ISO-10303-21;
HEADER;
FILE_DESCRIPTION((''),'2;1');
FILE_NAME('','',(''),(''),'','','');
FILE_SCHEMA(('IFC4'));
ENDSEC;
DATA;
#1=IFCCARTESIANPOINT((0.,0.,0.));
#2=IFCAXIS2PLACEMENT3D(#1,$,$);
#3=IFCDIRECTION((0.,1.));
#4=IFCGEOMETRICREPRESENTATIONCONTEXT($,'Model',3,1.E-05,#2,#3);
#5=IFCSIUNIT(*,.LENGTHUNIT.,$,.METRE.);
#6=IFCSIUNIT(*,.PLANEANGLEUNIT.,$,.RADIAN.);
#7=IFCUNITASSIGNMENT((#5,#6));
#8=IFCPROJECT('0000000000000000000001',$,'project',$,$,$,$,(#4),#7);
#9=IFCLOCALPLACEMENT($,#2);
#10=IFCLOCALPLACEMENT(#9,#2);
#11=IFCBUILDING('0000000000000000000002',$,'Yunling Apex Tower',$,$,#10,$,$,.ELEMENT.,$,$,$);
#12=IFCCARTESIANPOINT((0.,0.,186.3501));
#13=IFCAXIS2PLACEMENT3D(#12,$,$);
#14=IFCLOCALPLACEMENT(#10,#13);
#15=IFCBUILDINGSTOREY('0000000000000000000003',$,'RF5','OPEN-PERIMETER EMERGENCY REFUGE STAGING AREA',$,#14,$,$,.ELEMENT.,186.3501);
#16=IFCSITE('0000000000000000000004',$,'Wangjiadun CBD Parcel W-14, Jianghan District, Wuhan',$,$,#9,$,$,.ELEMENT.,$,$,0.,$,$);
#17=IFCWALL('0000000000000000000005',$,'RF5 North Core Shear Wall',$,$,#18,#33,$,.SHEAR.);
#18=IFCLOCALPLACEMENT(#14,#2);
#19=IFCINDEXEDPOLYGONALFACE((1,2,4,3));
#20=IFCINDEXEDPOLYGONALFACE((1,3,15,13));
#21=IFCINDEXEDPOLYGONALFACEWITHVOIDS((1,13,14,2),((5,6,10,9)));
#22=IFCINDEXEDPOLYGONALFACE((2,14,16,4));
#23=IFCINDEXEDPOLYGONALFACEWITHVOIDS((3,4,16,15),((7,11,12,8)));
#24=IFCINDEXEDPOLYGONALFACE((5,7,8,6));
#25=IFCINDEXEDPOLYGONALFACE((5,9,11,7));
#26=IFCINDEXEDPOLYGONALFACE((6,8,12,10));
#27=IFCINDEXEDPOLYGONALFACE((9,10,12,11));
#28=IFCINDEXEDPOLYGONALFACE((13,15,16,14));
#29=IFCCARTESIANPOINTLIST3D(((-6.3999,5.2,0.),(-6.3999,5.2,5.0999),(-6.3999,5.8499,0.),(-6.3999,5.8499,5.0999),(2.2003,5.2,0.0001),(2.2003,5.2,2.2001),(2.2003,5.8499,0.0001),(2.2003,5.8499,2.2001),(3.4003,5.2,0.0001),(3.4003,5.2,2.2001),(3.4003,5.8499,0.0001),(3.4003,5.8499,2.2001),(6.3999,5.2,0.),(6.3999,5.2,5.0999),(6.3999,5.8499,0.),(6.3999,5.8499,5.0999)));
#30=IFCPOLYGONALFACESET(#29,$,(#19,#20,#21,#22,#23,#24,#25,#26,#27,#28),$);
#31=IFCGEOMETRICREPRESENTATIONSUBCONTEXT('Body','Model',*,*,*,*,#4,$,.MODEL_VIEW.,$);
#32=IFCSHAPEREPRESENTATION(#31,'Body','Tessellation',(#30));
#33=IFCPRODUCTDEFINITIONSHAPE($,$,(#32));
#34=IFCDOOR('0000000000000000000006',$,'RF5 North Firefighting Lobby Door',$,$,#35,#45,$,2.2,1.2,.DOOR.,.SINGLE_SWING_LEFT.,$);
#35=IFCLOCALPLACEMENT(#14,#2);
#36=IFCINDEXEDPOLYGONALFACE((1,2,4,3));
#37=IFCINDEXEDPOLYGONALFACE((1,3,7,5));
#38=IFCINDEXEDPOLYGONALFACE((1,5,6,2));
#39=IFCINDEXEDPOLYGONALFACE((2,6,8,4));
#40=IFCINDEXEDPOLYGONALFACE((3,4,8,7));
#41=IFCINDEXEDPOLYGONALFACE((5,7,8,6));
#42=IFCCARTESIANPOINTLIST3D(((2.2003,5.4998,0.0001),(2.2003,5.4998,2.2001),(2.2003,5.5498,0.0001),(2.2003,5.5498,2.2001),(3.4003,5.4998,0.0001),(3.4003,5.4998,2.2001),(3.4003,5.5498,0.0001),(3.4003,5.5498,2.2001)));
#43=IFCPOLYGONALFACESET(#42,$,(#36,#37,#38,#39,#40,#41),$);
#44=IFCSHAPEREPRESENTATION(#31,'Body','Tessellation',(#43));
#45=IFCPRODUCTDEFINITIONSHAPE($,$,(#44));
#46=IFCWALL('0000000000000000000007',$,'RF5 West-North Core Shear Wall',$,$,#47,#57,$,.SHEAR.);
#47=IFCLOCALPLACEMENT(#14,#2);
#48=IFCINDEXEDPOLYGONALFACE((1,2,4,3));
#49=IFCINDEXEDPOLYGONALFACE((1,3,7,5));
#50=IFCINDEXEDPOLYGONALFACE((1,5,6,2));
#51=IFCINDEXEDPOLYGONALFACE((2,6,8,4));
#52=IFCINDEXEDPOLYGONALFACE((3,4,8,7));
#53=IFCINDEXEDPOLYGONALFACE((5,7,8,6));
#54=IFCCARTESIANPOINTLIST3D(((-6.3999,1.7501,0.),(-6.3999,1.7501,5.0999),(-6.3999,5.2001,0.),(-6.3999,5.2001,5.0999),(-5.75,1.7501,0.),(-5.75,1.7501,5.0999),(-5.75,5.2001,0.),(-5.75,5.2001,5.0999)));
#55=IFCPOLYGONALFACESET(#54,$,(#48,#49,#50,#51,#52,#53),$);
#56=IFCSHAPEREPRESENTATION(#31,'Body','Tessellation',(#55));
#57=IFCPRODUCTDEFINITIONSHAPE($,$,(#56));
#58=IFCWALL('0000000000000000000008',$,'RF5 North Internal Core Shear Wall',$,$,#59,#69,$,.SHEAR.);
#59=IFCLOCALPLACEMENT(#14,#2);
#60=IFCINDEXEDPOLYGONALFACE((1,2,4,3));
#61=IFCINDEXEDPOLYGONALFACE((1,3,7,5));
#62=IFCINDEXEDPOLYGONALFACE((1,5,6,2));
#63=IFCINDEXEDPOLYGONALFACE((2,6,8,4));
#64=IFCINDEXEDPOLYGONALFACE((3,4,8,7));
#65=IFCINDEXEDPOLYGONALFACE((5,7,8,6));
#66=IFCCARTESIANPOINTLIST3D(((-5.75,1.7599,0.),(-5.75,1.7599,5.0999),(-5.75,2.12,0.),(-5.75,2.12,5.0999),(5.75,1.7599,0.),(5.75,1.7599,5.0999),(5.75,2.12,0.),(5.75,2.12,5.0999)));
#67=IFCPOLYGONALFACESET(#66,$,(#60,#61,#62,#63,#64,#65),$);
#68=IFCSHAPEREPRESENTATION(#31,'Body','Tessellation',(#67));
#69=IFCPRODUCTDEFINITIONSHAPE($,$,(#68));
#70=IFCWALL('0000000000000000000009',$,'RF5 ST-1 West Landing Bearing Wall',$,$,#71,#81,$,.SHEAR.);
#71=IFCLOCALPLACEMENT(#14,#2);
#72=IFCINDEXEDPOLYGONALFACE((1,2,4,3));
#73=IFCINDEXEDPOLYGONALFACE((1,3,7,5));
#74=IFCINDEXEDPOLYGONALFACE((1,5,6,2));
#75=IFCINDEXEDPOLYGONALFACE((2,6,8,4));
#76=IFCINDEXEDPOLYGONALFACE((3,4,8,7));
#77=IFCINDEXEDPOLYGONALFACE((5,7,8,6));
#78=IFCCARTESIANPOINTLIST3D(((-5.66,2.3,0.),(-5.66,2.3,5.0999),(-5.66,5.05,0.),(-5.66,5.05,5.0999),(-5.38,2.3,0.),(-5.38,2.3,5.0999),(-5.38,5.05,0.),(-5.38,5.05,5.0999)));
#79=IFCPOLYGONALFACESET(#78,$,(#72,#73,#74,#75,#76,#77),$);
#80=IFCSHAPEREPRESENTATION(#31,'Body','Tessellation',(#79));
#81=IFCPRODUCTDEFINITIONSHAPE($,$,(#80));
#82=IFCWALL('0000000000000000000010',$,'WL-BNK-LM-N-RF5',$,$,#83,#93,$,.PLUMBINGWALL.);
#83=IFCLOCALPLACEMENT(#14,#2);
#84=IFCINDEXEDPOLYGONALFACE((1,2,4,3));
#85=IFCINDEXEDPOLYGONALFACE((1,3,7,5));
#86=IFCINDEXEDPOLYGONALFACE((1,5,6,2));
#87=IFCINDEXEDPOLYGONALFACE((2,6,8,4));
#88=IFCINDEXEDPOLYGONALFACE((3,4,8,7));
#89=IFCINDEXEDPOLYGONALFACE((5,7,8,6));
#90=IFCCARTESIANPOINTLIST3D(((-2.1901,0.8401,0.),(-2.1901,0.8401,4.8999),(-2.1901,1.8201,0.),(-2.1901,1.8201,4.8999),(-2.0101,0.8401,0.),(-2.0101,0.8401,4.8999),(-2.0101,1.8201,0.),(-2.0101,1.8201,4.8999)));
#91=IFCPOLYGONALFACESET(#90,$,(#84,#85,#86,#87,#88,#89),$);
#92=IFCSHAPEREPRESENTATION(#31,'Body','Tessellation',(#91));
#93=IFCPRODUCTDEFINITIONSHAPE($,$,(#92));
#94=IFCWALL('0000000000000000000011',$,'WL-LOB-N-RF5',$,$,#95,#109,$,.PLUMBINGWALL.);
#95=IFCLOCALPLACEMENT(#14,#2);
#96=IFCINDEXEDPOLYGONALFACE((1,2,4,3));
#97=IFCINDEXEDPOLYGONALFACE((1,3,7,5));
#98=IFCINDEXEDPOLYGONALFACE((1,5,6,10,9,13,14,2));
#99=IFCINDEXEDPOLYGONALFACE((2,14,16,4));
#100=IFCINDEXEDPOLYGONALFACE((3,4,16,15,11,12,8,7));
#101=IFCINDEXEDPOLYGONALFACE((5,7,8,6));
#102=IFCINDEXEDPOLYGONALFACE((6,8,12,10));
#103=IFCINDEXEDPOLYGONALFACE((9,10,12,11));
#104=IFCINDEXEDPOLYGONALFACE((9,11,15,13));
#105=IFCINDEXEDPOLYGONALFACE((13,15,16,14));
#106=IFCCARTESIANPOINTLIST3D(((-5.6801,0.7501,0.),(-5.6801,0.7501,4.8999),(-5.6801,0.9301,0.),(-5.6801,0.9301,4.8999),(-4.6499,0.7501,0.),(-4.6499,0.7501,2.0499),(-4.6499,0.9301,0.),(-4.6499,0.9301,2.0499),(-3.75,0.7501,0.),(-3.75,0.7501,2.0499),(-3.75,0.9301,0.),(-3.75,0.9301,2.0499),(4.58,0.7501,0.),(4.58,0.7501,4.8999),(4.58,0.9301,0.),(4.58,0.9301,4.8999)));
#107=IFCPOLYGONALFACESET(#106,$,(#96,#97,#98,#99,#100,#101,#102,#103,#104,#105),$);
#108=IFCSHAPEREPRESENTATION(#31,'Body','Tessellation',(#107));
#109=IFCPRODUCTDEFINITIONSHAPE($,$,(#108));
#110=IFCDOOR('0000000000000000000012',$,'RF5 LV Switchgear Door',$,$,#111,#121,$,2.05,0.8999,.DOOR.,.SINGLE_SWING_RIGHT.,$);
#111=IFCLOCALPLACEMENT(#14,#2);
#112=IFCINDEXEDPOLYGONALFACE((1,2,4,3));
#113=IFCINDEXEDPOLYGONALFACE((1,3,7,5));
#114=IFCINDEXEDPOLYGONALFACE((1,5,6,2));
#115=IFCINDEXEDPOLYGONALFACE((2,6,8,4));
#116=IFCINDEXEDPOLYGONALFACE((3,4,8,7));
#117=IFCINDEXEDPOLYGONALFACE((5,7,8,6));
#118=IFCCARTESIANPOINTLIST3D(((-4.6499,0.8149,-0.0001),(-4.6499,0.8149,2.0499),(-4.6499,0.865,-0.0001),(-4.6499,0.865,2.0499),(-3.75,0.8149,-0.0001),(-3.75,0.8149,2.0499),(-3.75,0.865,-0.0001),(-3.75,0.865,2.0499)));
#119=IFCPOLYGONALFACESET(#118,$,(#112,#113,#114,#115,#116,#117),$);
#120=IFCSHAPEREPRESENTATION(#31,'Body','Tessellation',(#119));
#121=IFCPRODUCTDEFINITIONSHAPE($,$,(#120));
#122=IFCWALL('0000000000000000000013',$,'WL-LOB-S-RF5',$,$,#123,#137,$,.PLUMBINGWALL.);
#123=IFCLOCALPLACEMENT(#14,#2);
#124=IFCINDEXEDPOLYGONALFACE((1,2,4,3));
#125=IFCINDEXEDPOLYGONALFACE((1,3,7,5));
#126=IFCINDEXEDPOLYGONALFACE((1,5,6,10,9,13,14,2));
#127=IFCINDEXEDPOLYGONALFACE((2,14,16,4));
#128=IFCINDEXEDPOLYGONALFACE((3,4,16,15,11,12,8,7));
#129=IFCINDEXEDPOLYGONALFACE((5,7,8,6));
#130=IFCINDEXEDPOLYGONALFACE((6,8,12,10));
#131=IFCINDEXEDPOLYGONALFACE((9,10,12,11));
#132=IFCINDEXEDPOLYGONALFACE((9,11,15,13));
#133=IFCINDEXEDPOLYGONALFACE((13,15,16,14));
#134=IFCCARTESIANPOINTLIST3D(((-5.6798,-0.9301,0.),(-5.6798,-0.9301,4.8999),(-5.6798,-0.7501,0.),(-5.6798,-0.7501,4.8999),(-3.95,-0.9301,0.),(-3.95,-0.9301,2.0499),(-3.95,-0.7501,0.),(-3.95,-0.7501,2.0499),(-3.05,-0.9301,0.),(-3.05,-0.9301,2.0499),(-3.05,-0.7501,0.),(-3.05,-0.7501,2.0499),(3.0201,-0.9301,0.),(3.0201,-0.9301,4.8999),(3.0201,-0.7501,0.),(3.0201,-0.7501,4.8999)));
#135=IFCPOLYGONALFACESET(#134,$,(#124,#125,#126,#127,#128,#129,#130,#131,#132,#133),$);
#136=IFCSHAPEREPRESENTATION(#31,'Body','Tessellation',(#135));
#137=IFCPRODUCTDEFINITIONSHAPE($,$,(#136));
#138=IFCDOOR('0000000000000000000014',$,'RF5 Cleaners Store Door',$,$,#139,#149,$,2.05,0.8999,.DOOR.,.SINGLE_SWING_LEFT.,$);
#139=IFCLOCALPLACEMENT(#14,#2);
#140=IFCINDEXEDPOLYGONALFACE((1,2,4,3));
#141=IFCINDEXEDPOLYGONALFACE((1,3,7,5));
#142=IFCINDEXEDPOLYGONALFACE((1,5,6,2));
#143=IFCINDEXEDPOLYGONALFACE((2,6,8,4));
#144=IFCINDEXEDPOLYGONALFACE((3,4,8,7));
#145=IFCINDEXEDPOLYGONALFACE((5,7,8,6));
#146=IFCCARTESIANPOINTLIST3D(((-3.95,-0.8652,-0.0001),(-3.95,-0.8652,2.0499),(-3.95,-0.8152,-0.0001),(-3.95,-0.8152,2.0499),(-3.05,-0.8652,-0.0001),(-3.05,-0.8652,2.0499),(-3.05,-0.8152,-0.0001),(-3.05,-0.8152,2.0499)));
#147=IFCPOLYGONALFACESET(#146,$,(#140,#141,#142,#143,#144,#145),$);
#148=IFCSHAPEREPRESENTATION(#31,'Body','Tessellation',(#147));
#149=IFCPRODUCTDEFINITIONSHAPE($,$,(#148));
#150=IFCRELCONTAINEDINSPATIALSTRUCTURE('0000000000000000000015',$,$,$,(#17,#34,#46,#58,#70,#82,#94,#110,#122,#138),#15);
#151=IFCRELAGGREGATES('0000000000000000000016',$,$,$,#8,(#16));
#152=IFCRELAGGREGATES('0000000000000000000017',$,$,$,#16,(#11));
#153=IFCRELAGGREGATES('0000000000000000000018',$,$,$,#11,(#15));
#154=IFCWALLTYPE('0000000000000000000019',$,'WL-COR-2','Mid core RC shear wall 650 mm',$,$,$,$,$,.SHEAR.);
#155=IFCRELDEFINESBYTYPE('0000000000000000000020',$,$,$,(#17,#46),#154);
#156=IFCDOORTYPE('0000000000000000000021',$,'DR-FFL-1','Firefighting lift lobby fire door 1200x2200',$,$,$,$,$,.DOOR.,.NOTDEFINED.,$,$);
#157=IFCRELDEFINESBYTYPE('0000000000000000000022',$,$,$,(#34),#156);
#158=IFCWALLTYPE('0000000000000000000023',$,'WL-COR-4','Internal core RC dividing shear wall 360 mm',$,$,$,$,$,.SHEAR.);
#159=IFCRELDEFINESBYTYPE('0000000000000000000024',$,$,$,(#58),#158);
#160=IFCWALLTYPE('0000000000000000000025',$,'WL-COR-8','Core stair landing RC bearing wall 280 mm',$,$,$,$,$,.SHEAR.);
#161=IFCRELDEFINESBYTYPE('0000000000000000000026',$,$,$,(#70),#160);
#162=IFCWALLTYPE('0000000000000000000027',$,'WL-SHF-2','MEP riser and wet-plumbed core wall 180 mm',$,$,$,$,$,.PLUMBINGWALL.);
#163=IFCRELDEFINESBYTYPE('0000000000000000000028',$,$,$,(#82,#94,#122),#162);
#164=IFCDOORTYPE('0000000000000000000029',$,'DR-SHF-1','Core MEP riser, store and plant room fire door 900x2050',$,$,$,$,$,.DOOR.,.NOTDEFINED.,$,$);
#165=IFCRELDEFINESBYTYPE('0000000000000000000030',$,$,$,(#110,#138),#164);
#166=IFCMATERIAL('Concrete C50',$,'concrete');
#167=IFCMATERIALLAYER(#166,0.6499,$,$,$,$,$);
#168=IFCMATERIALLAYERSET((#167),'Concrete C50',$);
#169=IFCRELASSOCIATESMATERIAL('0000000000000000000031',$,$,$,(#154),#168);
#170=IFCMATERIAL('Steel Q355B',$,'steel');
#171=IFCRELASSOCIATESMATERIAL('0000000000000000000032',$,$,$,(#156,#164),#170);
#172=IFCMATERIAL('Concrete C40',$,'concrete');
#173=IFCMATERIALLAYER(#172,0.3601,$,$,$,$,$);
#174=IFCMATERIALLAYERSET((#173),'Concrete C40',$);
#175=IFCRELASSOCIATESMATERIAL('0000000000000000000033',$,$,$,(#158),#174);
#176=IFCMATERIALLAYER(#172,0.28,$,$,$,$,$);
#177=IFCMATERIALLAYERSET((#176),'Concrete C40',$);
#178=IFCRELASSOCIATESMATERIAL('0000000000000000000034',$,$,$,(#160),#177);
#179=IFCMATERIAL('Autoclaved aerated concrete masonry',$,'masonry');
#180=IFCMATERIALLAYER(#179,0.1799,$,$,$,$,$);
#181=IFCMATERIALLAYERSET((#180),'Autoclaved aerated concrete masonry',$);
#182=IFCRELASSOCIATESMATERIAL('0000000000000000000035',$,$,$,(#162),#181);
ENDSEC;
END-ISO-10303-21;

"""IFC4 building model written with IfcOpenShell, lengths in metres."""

from ifc_helpers import new_model, si_unit, direction, frame, frame_2d, origin, place, context, subcontext, project, spatial, rectangle, extrude, material, layer, layer_set, type_object, element, fill, save


model = new_model("IFC4")

# Units and contexts
model_context = context("Model", 3, precision=1e-05, world=origin(), true_north=direction((0.0, 1.0)))
body_context = subcontext(model_context, "Body", "Model", "MODEL_VIEW")
ifc_project = project(units=[si_unit("LENGTHUNIT", "METRE"), si_unit("PLANEANGLEUNIT", "RADIAN")], contexts=[model_context])

# Site, building, storey
site_placement = place(None, origin())
site = spatial("IfcSite", under=ifc_project, at=site_placement, Name="Wangjiadun CBD Parcel W-14, Jianghan District, Wuhan", CompositionType="ELEMENT", RefElevation=0.0)
building_placement = place(site_placement, origin())
building = spatial("IfcBuilding", under=site, at=building_placement, Name="Yunling Apex Tower", CompositionType="ELEMENT")
storey_placement = place(building_placement, frame((0.0, 0.0, 186.3501)))
storey = spatial("IfcBuildingStorey", under=building, at=storey_placement, Name="RF5", Description="OPEN-PERIMETER EMERGENCY REFUGE STAGING AREA", CompositionType="ELEMENT", Elevation=186.3501)

# Shared definitions
ifc_material_1 = material(Name="Concrete C50", Category="concrete")

# Shared definitions
ifc_material_2 = material(Name="Steel Q355B", Category="steel")

# Wall, opening, door
ifc_layer_1 = layer(ifc_material_1, 0.6499)
ifc_layer_set_1 = layer_set([ifc_layer_1], Name="Concrete C50")
wall_type_1 = type_object("IfcWallType", Name="WL-COR-2", Description="Mid core RC shear wall 650 mm", PredefinedType="SHEAR", material=ifc_layer_set_1)
wall_1_placement = place(storey_placement, frame((-6.3999, 5.5249, 0.0), z_axis=(0.0, 0.0, 1.0), x_axis=(1.0, 0.0, 0.0)))
wall_1 = element("IfcWall", 1, at=wall_1_placement, inside=storey, type_object=wall_type_1, Name="RF5 North Core Shear Wall", PredefinedType="SHEAR", context=body_context, shape_type="SweptSolid", body=[
    extrude(rectangle(XDim=12.7998, YDim=0.6499, at=frame_2d((6.3999, 0.0))), origin(), (0.0, 0.0, 1.0), 5.0999),
])
opening_1_placement = place(wall_1_placement, frame((8.6001, 0.0, 0.0)))
opening_1 = element("IfcOpeningElement", 2, at=opening_1_placement, cuts=wall_1, PredefinedType="OPENING", context=body_context, shape_type="SweptSolid", body=[
    extrude(rectangle(XDim=1.2, YDim=2.2, at=frame_2d((0.6001, 1.1001))), frame((0.0, 0.335, 0.0), z_axis=(0.0, -1.0, 0.0), x_axis=(1.0, 0.0, 0.0)), (0.0, 0.0, 1.0), 0.6699),
])
door_type_1 = type_object("IfcDoorType", Name="DR-FFL-1", Description="Firefighting lift lobby fire door 1200x2200", OperationType="NOTDEFINED", PredefinedType="DOOR", material=ifc_material_2)
door_1_placement = place(opening_1_placement, origin())
door_1 = element("IfcDoor", 3, at=door_1_placement, inside=storey, type_object=door_type_1, Name="RF5 North Firefighting Lobby Door", OperationType="SINGLE_SWING_LEFT", OverallHeight=2.2, OverallWidth=1.2, PredefinedType="DOOR", context=body_context, shape_type="SweptSolid", body=[
    extrude(rectangle(XDim=1.2, YDim=2.2, at=frame_2d((0.6001, 1.1001))), frame((0.0, 0.0249, 0.0), z_axis=(0.0, -1.0, 0.0), x_axis=(1.0, 0.0, 0.0)), (0.0, 0.0, 1.0), 0.05),
])
fill(opening_1, door_1)

# Walls
wall_2_placement = place(storey_placement, frame((-6.075, 1.75, 0.0), z_axis=(0.0, 0.0, 1.0), x_axis=(0.0, 1.0, 0.0)))
element("IfcWall", 4, at=wall_2_placement, inside=storey, type_object=wall_type_1, Name="RF5 West-North Core Shear Wall", PredefinedType="SHEAR", context=body_context, shape_type="SweptSolid", body=[
    extrude(rectangle(XDim=3.45, YDim=0.6499, at=frame_2d((1.7251, 0.0))), origin(), (0.0, 0.0, 1.0), 5.0999),
])
ifc_material_3 = material(Name="Concrete C40", Category="concrete")
ifc_layer_2 = layer(ifc_material_3, 0.3601)
ifc_layer_set_2 = layer_set([ifc_layer_2], Name="Concrete C40")
wall_type_2 = type_object("IfcWallType", Name="WL-COR-4", Description="Internal core RC dividing shear wall 360 mm", PredefinedType="SHEAR", material=ifc_layer_set_2)
wall_3_placement = place(storey_placement, frame((-5.75, 1.9399, 0.0), z_axis=(0.0, 0.0, 1.0), x_axis=(1.0, 0.0, 0.0)))
element("IfcWall", 5, at=wall_3_placement, inside=storey, type_object=wall_type_2, Name="RF5 North Internal Core Shear Wall", PredefinedType="SHEAR", context=body_context, shape_type="SweptSolid", body=[
    extrude(rectangle(XDim=11.5, YDim=0.3601, at=frame_2d((5.75, 0.0))), origin(), (0.0, 0.0, 1.0), 5.0999),
])
ifc_layer_3 = layer(ifc_material_3, 0.28)
ifc_layer_set_3 = layer_set([ifc_layer_3], Name="Concrete C40")
wall_type_3 = type_object("IfcWallType", Name="WL-COR-8", Description="Core stair landing RC bearing wall 280 mm", PredefinedType="SHEAR", material=ifc_layer_set_3)
wall_4_placement = place(storey_placement, frame((-5.52, 2.3, 0.0), z_axis=(0.0, 0.0, 1.0), x_axis=(0.0, 1.0, 0.0)))
element("IfcWall", 6, at=wall_4_placement, inside=storey, type_object=wall_type_3, Name="RF5 ST-1 West Landing Bearing Wall", PredefinedType="SHEAR", context=body_context, shape_type="SweptSolid", body=[
    extrude(rectangle(XDim=2.75, YDim=0.28, at=frame_2d((1.375, 0.0))), origin(), (0.0, 0.0, 1.0), 5.0999),
])
ifc_material_4 = material(Name="Autoclaved aerated concrete masonry", Category="masonry")
ifc_layer_4 = layer(ifc_material_4, 0.1799)
ifc_layer_set_4 = layer_set([ifc_layer_4], Name="Autoclaved aerated concrete masonry")
wall_type_4 = type_object("IfcWallType", Name="WL-SHF-2", Description="MEP riser and wet-plumbed core wall 180 mm", PredefinedType="PLUMBINGWALL", material=ifc_layer_set_4)
wall_5_placement = place(storey_placement, frame((-2.1001, 0.8401, 0.0), z_axis=(0.0, 0.0, 1.0), x_axis=(0.0, 1.0, 0.0)))
element("IfcWall", 7, at=wall_5_placement, inside=storey, type_object=wall_type_4, Name="WL-BNK-LM-N-RF5", PredefinedType="PLUMBINGWALL", context=body_context, shape_type="SweptSolid", body=[
    extrude(rectangle(XDim=0.98, YDim=0.1799, at=frame_2d((0.49, 0.0))), origin(), (0.0, 0.0, 1.0), 4.8999),
])

# Walls, openings, doors
wall_6_placement = place(storey_placement, frame((-5.6799, 0.8401, 0.0), z_axis=(0.0, 0.0, 1.0), x_axis=(1.0, 0.0, 0.0)))
wall_6 = element("IfcWall", 8, at=wall_6_placement, inside=storey, type_object=wall_type_4, Name="WL-LOB-N-RF5", PredefinedType="PLUMBINGWALL", context=body_context, shape_type="SweptSolid", body=[
    extrude(rectangle(XDim=10.26, YDim=0.1799, at=frame_2d((5.1299, 0.0))), origin(), (0.0, 0.0, 1.0), 4.8999),
])
opening_2_placement = place(wall_6_placement, frame((1.03, 0.0, 0.0)))
opening_2 = element("IfcOpeningElement", 9, at=opening_2_placement, cuts=wall_6, PredefinedType="OPENING", context=body_context, shape_type="SweptSolid", body=[
    extrude(rectangle(XDim=0.8999, YDim=2.05, at=frame_2d((0.45, 1.0249))), frame((0.0, 0.1001, 0.0), z_axis=(0.0, -1.0, 0.0), x_axis=(1.0, 0.0, 0.0)), (0.0, 0.0, 1.0), 0.2),
])
door_type_2 = type_object("IfcDoorType", Name="DR-SHF-1", Description="Core MEP riser, store and plant room fire door 900x2050", OperationType="NOTDEFINED", PredefinedType="DOOR", material=ifc_material_2)
door_2_placement = place(opening_2_placement, origin())
door_2 = element("IfcDoor", 10, at=door_2_placement, inside=storey, type_object=door_type_2, Name="RF5 LV Switchgear Door", OperationType="SINGLE_SWING_RIGHT", OverallHeight=2.05, OverallWidth=0.8999, PredefinedType="DOOR", context=body_context, shape_type="SweptSolid", body=[
    extrude(rectangle(XDim=0.8999, YDim=2.05, at=frame_2d((0.45, 1.0249))), frame((0.0, 0.0249, 0.0), z_axis=(0.0, -1.0, 0.0), x_axis=(1.0, 0.0, 0.0)), (0.0, 0.0, 1.0), 0.05),
])
fill(opening_2, door_2)
wall_7_placement = place(storey_placement, frame((-5.6799, -0.8401, 0.0), z_axis=(0.0, 0.0, 1.0), x_axis=(1.0, 0.0, 0.0)))
wall_7 = element("IfcWall", 11, at=wall_7_placement, inside=storey, type_object=wall_type_4, Name="WL-LOB-S-RF5", PredefinedType="PLUMBINGWALL", context=body_context, shape_type="SweptSolid", body=[
    extrude(rectangle(XDim=8.7, YDim=0.1799, at=frame_2d((4.3501, 0.0))), origin(), (0.0, 0.0, 1.0), 4.8999),
])
opening_3_placement = place(wall_7_placement, frame((1.73, 0.0, 0.0)))
opening_3 = element("IfcOpeningElement", 12, at=opening_3_placement, cuts=wall_7, PredefinedType="OPENING", context=body_context, shape_type="SweptSolid", body=[
    extrude(rectangle(XDim=0.8999, YDim=2.05, at=frame_2d((0.45, 1.0249))), frame((0.0, 0.1001, 0.0), z_axis=(0.0, -1.0, 0.0), x_axis=(1.0, 0.0, 0.0)), (0.0, 0.0, 1.0), 0.2),
])
door_3_placement = place(opening_3_placement, origin())
door_3 = element("IfcDoor", 13, at=door_3_placement, inside=storey, type_object=door_type_2, Name="RF5 Cleaners Store Door", OperationType="SINGLE_SWING_LEFT", OverallHeight=2.05, OverallWidth=0.8999, PredefinedType="DOOR", context=body_context, shape_type="SweptSolid", body=[
    extrude(rectangle(XDim=0.8999, YDim=2.05, at=frame_2d((0.45, 1.0249))), frame((0.0, 0.0249, 0.0), z_axis=(0.0, -1.0, 0.0), x_axis=(1.0, 0.0, 0.0)), (0.0, 0.0, 1.0), 0.05),
])
fill(opening_3, door_3)

save(model, "model.ifc")
